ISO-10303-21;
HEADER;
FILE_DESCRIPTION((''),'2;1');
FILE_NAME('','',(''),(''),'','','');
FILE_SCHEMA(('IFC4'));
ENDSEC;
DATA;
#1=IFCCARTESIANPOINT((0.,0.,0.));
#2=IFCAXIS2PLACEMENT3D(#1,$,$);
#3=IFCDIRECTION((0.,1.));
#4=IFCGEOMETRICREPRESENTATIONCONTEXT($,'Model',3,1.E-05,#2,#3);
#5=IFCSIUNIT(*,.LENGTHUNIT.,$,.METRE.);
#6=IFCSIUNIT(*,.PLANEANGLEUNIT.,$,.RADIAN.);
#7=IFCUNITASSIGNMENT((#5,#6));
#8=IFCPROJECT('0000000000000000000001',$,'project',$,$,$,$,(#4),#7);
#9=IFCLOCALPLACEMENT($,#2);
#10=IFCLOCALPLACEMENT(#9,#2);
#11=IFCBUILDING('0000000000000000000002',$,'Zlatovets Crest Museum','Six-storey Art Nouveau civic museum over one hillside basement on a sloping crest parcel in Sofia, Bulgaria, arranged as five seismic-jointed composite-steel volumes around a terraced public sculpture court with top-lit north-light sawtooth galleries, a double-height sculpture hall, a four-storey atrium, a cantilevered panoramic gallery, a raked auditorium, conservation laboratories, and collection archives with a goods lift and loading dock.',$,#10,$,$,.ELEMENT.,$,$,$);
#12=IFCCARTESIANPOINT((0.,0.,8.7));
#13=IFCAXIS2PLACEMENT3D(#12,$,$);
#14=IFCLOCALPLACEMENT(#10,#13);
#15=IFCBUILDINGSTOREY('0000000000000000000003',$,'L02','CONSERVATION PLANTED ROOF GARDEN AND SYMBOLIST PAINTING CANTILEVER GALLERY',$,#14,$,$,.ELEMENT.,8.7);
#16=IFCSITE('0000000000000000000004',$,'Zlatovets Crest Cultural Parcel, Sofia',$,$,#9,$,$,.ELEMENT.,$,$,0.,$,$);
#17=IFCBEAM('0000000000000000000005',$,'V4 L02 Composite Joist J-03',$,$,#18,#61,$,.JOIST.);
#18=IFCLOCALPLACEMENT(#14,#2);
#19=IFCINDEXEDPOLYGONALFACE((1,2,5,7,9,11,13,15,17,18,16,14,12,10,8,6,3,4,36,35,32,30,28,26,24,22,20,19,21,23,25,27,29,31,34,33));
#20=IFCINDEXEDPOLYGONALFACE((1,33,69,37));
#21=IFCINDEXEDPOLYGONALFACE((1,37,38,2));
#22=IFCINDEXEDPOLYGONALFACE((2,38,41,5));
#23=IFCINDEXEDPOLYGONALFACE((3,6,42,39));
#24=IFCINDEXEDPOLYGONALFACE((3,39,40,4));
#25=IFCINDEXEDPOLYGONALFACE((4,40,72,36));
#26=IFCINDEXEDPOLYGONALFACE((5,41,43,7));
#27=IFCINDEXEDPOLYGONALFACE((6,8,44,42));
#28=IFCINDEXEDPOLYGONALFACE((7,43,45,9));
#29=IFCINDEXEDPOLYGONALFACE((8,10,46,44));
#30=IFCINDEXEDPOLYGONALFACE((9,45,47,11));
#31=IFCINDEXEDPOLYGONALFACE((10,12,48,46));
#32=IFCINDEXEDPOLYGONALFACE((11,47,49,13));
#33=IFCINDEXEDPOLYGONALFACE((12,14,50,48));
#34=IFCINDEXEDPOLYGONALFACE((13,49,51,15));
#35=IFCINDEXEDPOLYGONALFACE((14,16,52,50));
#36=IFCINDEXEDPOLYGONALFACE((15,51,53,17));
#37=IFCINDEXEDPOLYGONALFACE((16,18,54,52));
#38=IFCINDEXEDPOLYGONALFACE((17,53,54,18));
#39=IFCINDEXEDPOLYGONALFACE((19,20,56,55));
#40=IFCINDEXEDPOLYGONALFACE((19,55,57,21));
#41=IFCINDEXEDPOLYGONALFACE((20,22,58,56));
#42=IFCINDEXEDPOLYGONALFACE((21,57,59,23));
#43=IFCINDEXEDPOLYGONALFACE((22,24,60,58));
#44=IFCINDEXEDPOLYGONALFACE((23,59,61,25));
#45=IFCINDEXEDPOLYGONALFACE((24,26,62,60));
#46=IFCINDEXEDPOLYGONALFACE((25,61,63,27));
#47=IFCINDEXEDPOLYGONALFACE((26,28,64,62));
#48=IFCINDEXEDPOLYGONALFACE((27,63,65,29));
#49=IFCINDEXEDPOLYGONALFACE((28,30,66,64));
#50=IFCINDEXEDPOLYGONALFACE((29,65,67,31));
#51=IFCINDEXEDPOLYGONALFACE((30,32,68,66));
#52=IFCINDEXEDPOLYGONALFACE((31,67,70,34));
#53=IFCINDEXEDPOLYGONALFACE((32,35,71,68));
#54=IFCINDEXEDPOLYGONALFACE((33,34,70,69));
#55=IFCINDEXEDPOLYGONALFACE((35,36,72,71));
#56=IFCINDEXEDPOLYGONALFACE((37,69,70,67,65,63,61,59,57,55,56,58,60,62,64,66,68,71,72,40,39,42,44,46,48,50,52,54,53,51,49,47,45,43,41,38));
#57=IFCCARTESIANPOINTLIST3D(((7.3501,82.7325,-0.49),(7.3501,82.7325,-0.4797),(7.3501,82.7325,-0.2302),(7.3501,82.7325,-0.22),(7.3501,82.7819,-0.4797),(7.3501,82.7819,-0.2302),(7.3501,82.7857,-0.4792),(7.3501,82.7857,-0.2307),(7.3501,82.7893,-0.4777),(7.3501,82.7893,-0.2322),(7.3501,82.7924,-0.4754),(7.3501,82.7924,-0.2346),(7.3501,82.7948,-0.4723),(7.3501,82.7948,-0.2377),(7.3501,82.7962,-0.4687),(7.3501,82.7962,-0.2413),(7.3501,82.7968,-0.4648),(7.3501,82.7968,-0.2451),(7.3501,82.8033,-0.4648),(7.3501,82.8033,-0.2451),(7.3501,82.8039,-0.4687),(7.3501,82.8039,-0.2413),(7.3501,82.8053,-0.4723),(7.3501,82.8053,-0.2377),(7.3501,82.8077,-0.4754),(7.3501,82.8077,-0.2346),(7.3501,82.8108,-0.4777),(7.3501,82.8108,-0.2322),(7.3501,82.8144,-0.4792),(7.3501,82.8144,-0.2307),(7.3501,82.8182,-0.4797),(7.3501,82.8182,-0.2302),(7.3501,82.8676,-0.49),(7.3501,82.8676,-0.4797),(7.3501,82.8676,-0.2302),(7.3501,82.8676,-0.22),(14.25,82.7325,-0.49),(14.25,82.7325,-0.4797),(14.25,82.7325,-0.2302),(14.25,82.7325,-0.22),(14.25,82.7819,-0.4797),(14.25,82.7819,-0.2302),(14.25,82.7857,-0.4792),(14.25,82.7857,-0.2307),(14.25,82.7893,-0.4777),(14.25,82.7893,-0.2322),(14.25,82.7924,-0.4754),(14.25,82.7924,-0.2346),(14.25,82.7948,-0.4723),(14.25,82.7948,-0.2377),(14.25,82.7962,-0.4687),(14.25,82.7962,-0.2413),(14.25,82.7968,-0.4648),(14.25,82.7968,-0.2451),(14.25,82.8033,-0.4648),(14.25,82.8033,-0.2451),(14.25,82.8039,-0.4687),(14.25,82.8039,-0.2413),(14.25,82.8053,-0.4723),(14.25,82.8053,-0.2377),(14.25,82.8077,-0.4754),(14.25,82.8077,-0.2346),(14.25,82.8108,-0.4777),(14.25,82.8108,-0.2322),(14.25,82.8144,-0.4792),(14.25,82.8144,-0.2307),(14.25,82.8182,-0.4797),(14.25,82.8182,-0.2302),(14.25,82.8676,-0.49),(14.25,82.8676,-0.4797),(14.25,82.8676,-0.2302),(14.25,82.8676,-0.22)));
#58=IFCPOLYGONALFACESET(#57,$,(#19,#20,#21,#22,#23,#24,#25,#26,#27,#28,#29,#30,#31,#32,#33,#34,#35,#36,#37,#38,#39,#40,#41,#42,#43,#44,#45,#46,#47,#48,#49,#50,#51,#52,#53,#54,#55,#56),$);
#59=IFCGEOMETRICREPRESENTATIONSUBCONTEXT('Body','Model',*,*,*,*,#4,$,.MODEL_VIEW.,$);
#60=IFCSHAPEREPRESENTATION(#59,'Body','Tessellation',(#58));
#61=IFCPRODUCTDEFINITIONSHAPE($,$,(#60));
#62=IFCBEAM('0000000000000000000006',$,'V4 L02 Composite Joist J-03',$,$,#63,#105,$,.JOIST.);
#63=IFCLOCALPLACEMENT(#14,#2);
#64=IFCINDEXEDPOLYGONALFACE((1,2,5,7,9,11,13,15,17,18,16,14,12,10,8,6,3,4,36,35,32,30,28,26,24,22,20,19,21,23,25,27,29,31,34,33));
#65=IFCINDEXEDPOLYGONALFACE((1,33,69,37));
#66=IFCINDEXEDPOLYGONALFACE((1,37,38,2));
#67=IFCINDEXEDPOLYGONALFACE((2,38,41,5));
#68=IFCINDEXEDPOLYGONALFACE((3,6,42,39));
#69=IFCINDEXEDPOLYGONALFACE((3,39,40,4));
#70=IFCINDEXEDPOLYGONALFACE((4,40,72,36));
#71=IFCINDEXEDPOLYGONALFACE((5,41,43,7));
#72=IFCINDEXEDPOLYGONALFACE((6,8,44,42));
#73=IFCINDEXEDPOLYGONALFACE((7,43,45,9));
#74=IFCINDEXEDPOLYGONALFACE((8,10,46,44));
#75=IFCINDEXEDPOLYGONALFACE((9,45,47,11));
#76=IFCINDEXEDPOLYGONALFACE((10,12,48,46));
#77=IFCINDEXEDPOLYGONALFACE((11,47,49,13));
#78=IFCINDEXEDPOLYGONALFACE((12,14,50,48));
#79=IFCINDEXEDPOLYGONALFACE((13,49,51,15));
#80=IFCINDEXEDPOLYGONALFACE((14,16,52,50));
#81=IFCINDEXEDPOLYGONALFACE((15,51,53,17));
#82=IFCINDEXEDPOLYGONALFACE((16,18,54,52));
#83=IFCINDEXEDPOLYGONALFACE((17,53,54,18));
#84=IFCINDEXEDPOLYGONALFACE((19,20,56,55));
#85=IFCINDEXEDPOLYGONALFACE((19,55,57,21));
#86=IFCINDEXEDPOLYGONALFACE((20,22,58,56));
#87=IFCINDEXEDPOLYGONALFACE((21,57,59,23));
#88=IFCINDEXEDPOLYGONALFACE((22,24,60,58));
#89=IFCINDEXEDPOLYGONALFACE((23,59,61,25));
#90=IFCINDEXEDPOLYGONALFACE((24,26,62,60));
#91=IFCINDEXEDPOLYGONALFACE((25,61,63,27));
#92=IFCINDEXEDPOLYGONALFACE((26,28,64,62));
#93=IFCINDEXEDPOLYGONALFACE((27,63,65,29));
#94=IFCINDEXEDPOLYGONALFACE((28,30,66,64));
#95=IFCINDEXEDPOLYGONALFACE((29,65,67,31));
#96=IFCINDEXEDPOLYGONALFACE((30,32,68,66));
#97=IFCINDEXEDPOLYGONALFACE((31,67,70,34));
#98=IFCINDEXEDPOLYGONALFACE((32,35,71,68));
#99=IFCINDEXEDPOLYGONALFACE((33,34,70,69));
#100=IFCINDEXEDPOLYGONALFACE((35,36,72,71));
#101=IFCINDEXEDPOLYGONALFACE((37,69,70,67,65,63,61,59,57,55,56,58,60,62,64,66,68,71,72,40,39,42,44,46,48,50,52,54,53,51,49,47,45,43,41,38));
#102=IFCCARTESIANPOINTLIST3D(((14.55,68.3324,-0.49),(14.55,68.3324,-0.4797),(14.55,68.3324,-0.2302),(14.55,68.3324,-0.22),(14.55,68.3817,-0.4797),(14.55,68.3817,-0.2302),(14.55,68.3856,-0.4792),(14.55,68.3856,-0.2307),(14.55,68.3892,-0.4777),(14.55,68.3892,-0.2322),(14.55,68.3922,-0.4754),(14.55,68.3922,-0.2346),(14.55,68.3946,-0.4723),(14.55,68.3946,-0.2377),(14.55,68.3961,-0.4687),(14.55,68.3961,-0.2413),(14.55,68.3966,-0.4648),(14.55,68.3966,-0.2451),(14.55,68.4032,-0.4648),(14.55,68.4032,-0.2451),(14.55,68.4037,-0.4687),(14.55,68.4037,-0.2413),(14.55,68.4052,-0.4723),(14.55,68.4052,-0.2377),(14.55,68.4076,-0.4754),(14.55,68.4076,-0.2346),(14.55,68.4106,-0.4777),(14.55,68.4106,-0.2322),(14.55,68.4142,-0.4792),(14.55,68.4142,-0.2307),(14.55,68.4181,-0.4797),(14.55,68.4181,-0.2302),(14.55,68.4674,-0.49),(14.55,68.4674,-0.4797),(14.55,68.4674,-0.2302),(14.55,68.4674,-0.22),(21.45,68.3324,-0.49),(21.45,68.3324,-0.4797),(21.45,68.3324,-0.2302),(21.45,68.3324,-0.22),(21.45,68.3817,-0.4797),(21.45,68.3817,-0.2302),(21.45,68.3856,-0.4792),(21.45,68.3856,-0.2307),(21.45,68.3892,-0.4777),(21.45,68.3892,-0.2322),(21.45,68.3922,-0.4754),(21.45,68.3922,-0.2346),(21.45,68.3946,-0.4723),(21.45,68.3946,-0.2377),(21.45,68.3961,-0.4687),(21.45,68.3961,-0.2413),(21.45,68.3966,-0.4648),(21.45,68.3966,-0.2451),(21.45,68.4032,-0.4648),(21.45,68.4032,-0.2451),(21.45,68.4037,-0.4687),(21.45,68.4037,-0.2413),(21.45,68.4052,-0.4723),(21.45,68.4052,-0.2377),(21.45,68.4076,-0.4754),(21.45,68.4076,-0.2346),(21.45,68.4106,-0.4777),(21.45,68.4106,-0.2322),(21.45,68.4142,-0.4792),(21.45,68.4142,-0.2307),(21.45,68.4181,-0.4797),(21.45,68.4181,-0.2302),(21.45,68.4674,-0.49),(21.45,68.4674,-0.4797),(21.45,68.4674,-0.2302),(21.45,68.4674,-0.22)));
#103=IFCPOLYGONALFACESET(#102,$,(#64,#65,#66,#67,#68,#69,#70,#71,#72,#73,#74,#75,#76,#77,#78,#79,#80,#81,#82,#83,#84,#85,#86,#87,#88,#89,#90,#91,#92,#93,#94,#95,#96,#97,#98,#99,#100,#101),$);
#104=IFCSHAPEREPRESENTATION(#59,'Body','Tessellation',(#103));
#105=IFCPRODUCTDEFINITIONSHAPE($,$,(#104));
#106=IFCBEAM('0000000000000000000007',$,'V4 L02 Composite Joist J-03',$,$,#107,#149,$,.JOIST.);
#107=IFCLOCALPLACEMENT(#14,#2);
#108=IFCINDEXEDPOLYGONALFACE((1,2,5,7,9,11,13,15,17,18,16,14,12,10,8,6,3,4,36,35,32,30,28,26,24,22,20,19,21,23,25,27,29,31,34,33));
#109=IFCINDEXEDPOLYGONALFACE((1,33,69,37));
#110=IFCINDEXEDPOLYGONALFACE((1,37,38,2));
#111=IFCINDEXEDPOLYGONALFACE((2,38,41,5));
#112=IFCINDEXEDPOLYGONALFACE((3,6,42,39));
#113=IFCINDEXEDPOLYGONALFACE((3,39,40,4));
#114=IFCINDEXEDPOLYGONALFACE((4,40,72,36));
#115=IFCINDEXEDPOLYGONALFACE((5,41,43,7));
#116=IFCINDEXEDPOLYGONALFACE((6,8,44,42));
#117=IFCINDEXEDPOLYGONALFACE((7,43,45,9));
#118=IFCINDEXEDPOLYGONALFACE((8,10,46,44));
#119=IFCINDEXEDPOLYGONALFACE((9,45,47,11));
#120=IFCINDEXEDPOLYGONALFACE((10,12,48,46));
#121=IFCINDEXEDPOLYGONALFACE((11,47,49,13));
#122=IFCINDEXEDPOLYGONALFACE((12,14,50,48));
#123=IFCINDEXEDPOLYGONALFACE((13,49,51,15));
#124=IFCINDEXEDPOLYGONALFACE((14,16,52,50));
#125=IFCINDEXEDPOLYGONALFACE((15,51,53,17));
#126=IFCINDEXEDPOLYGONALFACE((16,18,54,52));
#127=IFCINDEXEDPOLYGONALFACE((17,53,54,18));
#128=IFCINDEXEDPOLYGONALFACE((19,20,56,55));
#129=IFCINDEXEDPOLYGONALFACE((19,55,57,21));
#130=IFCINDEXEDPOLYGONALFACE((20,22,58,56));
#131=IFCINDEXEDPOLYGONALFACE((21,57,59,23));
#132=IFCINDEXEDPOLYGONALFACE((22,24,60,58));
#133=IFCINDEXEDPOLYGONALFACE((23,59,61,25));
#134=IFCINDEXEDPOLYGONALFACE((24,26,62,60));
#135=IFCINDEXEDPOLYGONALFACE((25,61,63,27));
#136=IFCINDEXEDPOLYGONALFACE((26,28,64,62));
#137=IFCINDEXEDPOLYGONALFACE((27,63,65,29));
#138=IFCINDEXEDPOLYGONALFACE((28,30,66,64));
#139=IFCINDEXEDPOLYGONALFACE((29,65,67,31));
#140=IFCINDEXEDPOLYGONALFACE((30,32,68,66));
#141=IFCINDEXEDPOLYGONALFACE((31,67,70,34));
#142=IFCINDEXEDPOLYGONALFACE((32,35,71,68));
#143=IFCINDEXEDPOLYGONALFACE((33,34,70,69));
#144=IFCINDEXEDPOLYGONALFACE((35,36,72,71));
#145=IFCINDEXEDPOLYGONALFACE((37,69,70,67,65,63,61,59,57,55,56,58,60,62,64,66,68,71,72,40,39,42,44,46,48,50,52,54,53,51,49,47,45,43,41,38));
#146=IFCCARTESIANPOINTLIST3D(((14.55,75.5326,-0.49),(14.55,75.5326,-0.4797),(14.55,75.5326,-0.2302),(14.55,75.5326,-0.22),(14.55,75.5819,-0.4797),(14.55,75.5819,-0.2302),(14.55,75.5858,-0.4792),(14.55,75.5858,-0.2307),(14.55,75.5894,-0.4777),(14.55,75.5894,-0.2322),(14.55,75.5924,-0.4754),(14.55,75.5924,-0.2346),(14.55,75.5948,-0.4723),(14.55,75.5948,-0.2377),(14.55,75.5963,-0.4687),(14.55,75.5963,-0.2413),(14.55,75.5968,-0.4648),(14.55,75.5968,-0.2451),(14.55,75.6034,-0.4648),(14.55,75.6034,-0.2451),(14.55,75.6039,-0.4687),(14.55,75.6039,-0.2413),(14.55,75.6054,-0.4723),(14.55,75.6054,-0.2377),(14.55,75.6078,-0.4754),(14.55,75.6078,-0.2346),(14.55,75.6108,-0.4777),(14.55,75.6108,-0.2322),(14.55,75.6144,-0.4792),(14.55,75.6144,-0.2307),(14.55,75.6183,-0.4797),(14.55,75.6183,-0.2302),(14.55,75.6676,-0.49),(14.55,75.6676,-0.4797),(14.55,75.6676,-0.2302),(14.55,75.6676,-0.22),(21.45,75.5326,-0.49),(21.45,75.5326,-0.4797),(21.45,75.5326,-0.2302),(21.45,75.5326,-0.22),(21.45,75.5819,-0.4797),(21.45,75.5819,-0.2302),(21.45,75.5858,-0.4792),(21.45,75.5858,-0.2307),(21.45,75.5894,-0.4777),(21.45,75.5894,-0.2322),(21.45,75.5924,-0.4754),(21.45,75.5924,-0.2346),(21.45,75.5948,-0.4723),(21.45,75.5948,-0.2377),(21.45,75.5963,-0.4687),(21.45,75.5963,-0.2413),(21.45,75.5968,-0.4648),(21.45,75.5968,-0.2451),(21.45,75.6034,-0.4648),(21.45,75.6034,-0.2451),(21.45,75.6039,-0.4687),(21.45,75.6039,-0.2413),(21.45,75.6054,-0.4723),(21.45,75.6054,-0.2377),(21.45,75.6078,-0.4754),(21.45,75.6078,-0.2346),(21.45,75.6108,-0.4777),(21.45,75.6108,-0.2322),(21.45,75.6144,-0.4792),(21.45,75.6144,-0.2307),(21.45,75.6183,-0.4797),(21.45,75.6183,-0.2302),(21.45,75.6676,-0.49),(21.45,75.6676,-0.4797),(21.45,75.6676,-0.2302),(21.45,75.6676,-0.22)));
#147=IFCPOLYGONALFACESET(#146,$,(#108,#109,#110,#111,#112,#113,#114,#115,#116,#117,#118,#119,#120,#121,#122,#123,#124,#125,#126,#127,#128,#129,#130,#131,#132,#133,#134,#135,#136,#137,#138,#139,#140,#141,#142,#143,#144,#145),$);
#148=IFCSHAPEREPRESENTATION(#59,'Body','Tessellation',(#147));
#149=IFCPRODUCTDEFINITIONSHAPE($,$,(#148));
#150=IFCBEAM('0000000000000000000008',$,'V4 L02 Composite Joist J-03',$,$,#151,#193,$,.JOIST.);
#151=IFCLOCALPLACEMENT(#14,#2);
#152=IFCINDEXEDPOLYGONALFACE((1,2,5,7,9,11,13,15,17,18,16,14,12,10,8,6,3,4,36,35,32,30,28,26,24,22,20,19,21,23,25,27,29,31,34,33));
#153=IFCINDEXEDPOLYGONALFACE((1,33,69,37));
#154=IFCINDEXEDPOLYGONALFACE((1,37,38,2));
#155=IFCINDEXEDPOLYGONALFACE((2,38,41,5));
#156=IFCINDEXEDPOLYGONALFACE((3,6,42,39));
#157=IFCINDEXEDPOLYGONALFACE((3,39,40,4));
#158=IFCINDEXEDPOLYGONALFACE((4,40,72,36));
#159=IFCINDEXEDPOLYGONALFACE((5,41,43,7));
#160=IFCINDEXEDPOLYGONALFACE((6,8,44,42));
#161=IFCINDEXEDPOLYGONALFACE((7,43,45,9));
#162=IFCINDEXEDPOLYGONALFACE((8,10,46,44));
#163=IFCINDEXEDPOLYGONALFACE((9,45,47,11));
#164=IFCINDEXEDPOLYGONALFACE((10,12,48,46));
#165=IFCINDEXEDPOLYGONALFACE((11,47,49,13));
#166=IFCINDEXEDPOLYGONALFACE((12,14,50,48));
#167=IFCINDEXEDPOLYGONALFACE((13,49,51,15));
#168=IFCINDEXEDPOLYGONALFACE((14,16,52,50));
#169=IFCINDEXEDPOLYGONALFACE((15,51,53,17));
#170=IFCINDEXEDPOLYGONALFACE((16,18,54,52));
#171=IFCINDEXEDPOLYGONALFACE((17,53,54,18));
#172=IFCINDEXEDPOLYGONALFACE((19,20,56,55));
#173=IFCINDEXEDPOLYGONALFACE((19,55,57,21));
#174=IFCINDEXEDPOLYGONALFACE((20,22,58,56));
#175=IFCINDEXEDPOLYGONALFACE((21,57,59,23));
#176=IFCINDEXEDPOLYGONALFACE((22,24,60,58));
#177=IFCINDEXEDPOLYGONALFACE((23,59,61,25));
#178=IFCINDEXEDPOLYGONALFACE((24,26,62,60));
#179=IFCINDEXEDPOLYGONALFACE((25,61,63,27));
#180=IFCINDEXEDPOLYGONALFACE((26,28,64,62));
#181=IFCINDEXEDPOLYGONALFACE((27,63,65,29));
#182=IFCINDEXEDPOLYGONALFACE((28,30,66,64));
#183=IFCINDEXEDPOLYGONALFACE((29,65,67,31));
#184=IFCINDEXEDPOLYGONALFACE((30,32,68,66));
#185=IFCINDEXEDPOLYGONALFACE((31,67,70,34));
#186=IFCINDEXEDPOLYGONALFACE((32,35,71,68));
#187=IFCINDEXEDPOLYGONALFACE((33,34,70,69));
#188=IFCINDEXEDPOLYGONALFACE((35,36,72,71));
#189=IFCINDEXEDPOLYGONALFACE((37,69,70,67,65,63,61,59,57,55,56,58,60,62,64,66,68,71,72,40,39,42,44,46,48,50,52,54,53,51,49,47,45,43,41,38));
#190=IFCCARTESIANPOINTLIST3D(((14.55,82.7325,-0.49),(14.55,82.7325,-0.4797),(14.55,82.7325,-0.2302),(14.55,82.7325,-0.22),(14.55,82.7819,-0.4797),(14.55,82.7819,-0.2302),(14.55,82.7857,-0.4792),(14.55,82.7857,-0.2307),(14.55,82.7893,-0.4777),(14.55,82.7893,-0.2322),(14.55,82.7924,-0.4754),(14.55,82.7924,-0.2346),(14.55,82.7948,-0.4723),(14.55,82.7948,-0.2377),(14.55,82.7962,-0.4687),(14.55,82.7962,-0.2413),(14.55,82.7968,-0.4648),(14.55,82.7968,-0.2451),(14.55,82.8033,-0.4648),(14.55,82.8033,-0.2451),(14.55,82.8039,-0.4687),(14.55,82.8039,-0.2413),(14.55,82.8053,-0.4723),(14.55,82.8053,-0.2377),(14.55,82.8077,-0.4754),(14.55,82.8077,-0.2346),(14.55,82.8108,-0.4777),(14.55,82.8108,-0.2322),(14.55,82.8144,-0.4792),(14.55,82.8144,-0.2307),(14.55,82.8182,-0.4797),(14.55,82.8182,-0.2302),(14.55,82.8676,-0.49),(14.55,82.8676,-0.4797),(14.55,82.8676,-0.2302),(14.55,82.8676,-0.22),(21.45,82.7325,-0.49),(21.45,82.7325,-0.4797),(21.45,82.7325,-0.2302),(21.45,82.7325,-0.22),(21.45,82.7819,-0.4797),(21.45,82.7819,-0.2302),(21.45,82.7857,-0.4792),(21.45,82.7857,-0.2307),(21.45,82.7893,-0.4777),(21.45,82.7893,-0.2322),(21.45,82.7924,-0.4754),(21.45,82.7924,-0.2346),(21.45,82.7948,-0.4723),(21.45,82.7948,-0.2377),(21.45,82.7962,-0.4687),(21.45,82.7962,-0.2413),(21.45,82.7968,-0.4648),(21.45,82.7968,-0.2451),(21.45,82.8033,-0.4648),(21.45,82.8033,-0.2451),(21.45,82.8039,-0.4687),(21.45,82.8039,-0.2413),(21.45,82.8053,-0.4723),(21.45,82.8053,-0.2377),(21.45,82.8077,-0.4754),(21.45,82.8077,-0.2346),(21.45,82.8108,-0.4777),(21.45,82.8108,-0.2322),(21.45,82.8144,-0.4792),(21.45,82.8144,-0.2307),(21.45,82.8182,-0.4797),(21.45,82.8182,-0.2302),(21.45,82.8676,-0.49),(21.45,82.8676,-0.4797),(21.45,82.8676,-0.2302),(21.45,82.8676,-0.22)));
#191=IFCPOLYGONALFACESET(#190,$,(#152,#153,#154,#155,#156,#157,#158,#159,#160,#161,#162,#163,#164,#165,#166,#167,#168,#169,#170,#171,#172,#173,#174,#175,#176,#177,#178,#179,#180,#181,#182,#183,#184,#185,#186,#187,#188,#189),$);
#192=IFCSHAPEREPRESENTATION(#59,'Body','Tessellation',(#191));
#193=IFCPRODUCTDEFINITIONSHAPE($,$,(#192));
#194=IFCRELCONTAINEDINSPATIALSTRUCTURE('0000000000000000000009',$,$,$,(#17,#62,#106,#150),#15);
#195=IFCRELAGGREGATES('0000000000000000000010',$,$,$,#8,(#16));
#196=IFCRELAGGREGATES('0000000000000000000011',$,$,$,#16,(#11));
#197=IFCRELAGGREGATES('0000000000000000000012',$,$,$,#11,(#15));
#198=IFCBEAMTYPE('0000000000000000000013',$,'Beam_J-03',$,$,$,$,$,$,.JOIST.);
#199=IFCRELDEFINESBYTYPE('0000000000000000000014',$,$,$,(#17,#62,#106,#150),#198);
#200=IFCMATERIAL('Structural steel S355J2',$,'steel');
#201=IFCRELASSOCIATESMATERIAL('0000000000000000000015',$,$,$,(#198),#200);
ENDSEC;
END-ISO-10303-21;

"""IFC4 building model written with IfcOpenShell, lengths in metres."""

from ifc_helpers import new_model, si_unit, direction, frame, origin, origin_2d, place, context, subcontext, project, spatial, i_section, extrude, material, material_profile, profile_set, type_object, element, save


model = new_model("IFC4")

# Units and contexts
model_context = context("Model", 3, precision=1e-05, world=origin(), true_north=direction((0.0, 1.0)))
body_context = subcontext(model_context, "Body", "Model", "MODEL_VIEW")
ifc_project = project(units=[si_unit("LENGTHUNIT", "METRE"), si_unit("PLANEANGLEUNIT", "RADIAN")], contexts=[model_context])

# Site, building, storey
site_placement = place(None, origin())
site = spatial("IfcSite", under=ifc_project, at=site_placement, Name="Zlatovets Crest Cultural Parcel, Sofia", CompositionType="ELEMENT", RefElevation=0.0)
building_placement = place(site_placement, origin())
building = spatial("IfcBuilding", under=site, at=building_placement, Name="Zlatovets Crest Museum", Description="Six-storey Art Nouveau civic museum over one hillside basement on a sloping crest parcel in Sofia, Bulgaria, arranged as five seismic-jointed composite-steel volumes around a terraced public sculpture court with top-lit north-light sawtooth galleries, a double-height sculpture hall, a four-storey atrium, a cantilevered panoramic gallery, a raked auditorium, conservation laboratories, and collection archives with a goods lift and loading dock.", CompositionType="ELEMENT")
storey_placement = place(building_placement, frame((0.0, 0.0, 8.7)))
storey = spatial("IfcBuildingStorey", under=building, at=storey_placement, Name="L02", Description="CONSERVATION PLANTED ROOF GARDEN AND SYMBOLIST PAINTING CANTILEVER GALLERY", CompositionType="ELEMENT", Elevation=8.7)

# Shared definitions
ifc_material = material(Name="Structural steel S355J2", Category="steel")

# Beams
ifc_material_profile_1 = material_profile(ifc_material, i_section(OverallWidth=0.135, OverallDepth=0.27, WebThickness=0.0066, FlangeThickness=0.0103, FilletRadius=0.0149, at=origin_2d()), Name="IPE 270")
ifc_profile_set_1 = profile_set([ifc_material_profile_1], Name="Structural steel S355J2")
beam_type_1 = type_object("IfcBeamType", Name="Beam_J-03", PredefinedType="JOIST", material=ifc_profile_set_1)
for number, where, z_axis, x_axis, name in (
    (1, (7.3501, 82.8, -0.355), (1.0, 0.0, 0.0), (0.0, 1.0, 0.0), "V4 L02 Composite Joist J-03"),
    (2, (14.55, 68.3999, -0.355), (1.0, 0.0, 0.0), (0.0, 1.0, 0.0), "V4 L02 Composite Joist J-03"),
    (3, (14.55, 75.6001, -0.355), (1.0, 0.0, 0.0), (0.0, 1.0, 0.0), "V4 L02 Composite Joist J-03"),
    (4, (14.55, 82.8, -0.355), (1.0, 0.0, 0.0), (0.0, 1.0, 0.0), "V4 L02 Composite Joist J-03"),
):
    element("IfcBeam", number, at=place(storey_placement, frame(where, z_axis=z_axis, x_axis=x_axis)), inside=storey, type_object=beam_type_1, Name=name, PredefinedType="JOIST", context=body_context, shape_type="SweptSolid", body=[
        extrude(i_section(OverallWidth=0.135, OverallDepth=0.27, WebThickness=0.0066, FlangeThickness=0.0103, FilletRadius=0.0149, at=origin_2d()), origin(), (0.0, 0.0, 1.0), 6.8999),
    ])

save(model, "model.ifc")
